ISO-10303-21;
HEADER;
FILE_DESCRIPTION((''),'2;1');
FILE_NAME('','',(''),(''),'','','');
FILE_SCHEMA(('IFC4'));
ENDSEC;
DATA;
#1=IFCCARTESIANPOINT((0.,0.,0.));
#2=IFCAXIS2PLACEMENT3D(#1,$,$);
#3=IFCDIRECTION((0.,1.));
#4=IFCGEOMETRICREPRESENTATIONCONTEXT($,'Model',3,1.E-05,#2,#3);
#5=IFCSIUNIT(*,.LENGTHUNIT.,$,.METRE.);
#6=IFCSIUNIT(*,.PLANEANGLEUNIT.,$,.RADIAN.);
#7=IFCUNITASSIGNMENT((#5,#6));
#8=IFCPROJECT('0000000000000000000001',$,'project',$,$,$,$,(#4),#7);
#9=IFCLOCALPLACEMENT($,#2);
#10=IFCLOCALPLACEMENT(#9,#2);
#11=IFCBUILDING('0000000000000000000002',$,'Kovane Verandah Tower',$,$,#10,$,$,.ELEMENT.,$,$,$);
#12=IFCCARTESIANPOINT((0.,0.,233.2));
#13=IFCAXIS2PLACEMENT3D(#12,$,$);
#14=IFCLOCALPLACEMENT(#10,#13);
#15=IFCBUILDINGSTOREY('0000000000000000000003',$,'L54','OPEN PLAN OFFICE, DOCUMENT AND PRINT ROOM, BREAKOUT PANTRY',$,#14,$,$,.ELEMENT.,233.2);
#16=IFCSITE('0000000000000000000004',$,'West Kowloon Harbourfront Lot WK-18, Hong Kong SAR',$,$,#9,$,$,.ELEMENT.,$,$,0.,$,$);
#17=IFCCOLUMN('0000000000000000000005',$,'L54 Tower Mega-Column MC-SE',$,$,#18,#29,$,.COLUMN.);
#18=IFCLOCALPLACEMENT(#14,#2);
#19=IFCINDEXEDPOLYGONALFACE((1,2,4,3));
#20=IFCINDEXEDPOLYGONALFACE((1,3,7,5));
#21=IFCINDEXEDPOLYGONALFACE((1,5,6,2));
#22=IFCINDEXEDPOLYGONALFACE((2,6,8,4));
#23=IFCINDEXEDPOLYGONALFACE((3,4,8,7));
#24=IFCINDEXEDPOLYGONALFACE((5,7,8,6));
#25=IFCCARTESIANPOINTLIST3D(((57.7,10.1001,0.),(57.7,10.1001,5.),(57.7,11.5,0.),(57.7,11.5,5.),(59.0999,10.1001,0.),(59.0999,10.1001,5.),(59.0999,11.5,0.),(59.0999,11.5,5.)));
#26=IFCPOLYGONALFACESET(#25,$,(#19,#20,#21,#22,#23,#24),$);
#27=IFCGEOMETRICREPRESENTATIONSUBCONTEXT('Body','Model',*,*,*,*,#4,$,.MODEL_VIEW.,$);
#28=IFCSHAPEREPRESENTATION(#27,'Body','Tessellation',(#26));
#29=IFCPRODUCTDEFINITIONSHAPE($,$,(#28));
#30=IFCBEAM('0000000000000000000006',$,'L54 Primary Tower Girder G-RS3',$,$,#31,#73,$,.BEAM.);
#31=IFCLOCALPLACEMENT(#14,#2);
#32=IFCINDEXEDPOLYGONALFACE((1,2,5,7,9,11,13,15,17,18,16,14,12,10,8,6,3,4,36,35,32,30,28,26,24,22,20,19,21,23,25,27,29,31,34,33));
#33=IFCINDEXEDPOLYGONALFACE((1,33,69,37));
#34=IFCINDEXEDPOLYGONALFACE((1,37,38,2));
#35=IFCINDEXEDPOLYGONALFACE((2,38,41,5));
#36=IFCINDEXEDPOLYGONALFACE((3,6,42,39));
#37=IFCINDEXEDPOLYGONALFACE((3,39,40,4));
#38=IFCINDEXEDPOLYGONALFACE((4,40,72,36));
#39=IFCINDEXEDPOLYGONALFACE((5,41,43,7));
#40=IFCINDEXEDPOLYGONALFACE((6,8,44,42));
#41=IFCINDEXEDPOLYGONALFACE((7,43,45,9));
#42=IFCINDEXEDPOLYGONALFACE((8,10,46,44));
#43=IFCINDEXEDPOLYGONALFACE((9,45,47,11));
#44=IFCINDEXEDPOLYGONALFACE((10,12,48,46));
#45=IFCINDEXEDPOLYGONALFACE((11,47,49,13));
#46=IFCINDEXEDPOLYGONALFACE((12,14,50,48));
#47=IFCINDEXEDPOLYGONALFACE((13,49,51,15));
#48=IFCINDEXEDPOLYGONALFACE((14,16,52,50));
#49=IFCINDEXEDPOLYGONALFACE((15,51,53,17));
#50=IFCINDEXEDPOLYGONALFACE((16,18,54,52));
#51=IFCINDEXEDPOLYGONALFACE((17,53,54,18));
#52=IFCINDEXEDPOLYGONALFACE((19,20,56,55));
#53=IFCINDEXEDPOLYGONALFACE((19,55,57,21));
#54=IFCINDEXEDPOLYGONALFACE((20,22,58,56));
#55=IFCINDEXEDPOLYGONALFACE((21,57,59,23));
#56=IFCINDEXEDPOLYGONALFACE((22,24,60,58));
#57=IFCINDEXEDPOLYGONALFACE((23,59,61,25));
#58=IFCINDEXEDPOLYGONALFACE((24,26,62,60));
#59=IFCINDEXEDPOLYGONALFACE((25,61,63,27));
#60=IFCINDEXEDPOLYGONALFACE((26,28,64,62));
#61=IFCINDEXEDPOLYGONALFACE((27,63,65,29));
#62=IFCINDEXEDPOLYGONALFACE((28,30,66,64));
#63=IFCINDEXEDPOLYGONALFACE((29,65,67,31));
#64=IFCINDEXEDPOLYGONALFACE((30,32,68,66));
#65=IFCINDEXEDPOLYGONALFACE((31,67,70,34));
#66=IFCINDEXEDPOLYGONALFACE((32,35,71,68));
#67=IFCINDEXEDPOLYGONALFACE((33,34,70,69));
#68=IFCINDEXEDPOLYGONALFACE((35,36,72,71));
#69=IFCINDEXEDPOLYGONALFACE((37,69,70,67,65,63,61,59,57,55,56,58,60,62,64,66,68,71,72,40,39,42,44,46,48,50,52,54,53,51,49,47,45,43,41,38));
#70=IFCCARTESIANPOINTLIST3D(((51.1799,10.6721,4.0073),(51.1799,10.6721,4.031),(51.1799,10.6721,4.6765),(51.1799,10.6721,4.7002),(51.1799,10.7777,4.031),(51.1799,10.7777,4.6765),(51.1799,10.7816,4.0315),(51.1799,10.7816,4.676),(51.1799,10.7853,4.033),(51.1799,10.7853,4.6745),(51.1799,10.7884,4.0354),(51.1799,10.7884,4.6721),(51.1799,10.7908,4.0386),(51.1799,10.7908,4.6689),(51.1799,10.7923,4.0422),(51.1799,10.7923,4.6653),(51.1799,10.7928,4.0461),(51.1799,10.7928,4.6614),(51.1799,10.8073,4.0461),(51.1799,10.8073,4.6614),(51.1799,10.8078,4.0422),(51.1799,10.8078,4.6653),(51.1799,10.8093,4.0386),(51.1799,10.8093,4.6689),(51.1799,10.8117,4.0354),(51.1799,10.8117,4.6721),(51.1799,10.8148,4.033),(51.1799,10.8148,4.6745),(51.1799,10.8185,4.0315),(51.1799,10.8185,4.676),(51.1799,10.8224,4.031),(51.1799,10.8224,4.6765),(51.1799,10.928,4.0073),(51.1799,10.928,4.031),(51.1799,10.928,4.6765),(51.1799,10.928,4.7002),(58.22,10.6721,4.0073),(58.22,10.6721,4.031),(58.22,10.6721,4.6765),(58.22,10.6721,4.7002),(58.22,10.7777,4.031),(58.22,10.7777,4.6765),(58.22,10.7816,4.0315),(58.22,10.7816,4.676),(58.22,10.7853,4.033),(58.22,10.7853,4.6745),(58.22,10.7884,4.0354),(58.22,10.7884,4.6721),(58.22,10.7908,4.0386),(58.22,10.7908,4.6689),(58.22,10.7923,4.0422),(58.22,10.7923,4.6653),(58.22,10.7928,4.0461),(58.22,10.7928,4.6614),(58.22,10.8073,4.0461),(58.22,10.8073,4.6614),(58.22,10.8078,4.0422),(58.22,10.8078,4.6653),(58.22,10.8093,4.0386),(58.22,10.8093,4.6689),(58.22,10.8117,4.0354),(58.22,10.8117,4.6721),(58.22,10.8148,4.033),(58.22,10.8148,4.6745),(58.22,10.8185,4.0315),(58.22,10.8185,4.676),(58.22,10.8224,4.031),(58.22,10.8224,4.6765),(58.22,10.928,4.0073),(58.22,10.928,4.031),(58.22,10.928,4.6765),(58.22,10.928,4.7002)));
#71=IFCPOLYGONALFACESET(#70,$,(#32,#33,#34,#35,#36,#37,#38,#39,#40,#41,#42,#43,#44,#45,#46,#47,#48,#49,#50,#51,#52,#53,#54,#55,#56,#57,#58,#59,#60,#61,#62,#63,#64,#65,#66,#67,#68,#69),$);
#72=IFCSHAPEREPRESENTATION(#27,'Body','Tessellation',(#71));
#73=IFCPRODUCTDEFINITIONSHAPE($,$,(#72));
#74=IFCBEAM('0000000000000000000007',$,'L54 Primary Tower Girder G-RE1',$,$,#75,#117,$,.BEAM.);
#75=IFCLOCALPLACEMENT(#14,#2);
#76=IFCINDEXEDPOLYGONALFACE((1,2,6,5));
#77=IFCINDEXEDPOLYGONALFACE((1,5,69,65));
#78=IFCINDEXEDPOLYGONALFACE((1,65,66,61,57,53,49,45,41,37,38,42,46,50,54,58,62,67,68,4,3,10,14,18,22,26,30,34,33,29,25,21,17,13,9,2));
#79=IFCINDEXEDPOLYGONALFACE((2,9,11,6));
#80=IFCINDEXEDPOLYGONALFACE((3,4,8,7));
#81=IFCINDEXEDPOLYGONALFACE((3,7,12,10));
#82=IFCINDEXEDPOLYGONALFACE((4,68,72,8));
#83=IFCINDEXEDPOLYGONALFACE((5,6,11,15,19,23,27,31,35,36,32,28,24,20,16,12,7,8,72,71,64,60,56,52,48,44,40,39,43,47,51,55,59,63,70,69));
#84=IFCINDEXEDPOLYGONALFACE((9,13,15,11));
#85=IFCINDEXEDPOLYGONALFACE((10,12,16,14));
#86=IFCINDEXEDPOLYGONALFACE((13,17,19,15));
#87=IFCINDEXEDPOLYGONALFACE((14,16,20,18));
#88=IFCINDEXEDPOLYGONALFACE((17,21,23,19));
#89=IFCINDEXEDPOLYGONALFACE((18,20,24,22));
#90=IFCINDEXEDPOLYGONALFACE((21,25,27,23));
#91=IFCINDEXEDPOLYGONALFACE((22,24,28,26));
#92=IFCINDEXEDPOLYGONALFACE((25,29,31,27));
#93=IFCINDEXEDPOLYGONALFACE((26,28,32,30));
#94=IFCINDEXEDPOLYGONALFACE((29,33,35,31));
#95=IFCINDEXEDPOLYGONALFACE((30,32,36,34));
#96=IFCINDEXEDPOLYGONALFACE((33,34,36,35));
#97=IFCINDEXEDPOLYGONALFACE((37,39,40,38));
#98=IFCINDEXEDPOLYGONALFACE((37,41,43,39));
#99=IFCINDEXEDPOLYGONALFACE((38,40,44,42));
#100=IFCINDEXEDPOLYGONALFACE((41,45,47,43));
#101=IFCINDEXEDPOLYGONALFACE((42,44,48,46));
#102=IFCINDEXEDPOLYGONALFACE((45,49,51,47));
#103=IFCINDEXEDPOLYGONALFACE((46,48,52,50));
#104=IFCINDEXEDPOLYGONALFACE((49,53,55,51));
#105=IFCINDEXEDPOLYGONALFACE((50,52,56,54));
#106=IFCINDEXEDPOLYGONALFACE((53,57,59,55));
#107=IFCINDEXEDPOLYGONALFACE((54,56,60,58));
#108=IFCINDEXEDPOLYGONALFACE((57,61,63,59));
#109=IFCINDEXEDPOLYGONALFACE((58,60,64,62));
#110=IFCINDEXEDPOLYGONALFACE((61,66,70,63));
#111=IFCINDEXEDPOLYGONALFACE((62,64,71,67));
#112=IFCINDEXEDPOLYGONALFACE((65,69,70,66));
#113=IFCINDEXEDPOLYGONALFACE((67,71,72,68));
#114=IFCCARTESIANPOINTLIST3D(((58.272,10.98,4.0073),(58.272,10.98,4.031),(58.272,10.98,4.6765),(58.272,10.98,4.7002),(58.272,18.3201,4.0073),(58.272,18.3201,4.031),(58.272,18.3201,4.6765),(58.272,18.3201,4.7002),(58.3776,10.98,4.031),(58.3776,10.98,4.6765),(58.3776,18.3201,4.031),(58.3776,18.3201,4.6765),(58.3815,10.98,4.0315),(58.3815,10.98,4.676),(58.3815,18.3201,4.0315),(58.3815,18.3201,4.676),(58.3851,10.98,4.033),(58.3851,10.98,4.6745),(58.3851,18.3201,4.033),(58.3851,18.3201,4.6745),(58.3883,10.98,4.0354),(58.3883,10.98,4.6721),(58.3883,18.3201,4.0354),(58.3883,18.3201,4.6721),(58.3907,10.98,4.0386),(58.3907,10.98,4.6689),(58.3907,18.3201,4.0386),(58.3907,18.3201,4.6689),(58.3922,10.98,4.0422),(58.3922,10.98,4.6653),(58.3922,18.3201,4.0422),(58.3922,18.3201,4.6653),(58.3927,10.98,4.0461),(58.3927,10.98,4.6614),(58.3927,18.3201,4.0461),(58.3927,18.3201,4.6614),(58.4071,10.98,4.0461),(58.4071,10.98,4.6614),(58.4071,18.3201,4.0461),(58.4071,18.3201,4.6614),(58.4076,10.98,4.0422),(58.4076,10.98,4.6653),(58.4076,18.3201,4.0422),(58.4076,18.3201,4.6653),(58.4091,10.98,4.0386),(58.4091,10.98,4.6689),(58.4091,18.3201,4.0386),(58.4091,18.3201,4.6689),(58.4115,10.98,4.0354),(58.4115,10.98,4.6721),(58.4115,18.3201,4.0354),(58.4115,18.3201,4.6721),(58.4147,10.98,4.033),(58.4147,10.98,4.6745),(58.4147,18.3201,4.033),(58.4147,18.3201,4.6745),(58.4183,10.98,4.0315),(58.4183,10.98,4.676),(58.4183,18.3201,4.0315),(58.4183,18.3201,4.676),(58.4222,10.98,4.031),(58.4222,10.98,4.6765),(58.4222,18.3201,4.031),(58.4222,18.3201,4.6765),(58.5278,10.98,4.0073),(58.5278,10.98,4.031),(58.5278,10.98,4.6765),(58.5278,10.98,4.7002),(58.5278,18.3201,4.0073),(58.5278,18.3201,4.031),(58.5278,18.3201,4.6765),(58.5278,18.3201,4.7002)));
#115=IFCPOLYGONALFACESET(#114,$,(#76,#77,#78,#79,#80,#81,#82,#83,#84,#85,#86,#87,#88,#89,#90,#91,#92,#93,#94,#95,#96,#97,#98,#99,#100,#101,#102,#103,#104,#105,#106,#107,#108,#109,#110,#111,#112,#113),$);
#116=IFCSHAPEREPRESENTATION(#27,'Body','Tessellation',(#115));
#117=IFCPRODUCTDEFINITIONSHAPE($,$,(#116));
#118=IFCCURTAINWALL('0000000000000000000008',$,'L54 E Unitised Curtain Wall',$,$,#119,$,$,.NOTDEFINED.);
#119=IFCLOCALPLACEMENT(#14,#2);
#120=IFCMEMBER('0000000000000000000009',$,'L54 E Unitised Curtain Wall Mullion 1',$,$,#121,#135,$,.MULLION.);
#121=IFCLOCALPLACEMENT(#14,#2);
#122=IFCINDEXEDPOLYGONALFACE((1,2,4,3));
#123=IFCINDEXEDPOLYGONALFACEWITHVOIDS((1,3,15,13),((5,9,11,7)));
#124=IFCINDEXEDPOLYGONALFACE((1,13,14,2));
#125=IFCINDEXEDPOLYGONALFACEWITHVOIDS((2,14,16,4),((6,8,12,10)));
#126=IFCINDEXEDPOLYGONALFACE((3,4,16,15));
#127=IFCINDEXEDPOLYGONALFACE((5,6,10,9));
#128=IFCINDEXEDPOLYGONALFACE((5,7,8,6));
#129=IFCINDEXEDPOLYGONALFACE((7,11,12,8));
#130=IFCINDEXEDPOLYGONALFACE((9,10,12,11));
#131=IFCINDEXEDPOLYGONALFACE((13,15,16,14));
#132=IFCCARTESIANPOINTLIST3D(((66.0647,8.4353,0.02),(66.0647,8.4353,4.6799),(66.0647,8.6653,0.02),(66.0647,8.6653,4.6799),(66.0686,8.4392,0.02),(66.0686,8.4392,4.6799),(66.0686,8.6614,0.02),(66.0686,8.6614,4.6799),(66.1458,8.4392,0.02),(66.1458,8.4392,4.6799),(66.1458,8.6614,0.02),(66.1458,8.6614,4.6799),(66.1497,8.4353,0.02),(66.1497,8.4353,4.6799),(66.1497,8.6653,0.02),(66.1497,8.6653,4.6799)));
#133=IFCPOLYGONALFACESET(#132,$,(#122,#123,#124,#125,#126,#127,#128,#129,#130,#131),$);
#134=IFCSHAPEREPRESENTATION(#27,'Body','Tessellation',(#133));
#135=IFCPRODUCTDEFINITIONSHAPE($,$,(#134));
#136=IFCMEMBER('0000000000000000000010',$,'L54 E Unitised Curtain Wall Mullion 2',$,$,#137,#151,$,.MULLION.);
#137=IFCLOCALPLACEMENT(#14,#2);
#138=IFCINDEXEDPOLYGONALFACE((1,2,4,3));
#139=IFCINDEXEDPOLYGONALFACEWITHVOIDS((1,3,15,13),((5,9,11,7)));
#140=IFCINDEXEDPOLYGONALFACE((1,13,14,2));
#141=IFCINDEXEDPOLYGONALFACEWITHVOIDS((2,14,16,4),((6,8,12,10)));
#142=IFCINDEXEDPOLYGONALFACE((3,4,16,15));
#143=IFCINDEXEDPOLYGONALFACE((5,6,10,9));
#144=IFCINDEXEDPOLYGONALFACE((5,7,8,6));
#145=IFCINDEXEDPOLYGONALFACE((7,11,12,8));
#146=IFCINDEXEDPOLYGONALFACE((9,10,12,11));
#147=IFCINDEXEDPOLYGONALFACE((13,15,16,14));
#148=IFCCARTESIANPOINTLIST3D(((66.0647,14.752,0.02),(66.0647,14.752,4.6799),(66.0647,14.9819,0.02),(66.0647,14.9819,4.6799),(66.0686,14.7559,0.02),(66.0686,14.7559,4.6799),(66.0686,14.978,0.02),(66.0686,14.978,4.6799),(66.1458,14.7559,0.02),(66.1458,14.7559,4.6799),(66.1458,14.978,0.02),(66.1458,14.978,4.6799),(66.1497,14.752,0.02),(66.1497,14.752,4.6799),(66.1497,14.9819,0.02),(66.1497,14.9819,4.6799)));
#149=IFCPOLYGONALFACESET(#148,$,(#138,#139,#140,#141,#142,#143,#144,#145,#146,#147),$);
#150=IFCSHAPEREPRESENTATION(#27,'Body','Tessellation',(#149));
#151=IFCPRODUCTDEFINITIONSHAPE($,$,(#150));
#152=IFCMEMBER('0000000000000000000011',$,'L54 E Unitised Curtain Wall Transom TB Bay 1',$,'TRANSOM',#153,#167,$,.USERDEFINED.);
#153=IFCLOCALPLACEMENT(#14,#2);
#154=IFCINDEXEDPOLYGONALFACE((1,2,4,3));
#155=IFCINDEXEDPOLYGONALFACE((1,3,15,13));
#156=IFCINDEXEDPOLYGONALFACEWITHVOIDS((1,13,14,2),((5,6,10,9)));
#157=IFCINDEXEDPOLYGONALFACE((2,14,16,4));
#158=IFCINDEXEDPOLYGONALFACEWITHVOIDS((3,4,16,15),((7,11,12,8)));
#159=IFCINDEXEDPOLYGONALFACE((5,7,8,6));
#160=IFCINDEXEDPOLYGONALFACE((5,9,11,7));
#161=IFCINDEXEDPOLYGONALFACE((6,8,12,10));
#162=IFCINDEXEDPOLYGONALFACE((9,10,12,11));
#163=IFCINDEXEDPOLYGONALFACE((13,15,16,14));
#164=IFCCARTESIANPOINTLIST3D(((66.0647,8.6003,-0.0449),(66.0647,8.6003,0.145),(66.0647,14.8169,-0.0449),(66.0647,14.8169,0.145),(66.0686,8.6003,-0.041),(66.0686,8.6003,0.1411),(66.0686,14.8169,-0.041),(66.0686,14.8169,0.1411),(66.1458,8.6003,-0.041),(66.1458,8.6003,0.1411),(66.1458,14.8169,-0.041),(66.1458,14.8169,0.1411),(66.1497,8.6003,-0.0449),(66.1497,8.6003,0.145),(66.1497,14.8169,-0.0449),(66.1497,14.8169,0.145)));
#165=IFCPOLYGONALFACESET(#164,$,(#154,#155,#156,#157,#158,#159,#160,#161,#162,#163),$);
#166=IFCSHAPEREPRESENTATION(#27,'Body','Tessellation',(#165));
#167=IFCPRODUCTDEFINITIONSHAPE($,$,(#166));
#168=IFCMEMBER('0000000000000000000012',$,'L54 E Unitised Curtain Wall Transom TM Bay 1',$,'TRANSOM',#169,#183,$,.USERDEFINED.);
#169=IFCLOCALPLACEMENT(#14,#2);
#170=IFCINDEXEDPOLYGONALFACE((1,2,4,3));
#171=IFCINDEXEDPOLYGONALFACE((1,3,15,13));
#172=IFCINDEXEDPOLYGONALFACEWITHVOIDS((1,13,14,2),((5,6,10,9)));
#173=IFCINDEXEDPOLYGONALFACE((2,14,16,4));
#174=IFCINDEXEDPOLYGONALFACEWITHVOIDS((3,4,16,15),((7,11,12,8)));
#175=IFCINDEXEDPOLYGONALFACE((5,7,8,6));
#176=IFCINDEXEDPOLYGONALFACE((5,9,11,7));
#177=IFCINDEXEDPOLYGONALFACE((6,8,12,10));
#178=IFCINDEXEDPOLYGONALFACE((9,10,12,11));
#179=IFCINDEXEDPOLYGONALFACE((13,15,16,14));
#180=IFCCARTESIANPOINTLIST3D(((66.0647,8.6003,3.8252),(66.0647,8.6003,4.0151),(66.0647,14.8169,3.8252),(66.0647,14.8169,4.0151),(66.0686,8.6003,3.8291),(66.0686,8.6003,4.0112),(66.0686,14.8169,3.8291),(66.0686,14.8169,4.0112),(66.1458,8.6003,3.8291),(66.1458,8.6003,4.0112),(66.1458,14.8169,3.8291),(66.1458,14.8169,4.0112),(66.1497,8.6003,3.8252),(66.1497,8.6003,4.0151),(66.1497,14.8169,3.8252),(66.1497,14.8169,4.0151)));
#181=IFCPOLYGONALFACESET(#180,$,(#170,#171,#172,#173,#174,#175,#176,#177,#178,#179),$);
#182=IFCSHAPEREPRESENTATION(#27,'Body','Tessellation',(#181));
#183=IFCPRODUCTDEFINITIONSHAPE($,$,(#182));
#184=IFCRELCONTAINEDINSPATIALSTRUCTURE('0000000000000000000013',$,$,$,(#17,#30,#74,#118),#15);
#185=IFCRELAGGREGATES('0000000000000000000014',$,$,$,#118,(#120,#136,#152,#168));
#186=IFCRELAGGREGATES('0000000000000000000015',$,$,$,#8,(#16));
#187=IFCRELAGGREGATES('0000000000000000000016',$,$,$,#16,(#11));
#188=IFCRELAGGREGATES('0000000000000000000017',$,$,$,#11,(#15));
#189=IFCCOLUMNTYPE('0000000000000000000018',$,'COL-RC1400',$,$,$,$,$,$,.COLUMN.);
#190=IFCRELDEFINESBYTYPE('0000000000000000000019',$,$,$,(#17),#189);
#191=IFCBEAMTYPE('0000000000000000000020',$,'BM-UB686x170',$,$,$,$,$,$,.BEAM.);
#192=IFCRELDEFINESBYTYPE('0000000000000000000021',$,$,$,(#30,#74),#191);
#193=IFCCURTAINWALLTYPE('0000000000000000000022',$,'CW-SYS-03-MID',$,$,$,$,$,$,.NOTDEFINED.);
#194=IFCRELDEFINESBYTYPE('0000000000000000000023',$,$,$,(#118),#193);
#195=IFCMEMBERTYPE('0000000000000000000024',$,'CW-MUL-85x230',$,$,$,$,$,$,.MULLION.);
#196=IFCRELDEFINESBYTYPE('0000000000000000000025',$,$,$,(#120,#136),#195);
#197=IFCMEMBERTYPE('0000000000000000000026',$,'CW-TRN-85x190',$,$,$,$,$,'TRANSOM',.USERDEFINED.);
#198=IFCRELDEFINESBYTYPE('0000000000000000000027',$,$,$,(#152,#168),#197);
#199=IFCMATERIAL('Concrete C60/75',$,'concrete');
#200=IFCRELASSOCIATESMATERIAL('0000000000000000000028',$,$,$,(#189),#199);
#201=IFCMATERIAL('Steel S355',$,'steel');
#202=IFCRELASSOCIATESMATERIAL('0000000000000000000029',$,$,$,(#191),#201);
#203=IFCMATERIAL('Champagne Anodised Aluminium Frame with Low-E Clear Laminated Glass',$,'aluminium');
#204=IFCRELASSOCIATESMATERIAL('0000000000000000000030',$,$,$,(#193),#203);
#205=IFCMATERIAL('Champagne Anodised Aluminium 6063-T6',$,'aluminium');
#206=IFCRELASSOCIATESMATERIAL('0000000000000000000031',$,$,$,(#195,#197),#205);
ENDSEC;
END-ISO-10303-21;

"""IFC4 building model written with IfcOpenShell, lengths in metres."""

from ifc_helpers import new_model, si_unit, direction, frame, origin, origin_2d, place, context, subcontext, project, spatial, rectangle, hollow_rectangle, i_section, extrude, material, material_profile, profile_set, type_object, element, aggregate, save


model = new_model("IFC4")

# Units and contexts
model_context = context("Model", 3, precision=1e-05, world=origin(), true_north=direction((0.0, 1.0)))
body_context = subcontext(model_context, "Body", "Model", "MODEL_VIEW")
ifc_project = project(units=[si_unit("LENGTHUNIT", "METRE"), si_unit("PLANEANGLEUNIT", "RADIAN")], contexts=[model_context])

# Site, building, storey
site_placement = place(None, origin())
site = spatial("IfcSite", under=ifc_project, at=site_placement, Name="West Kowloon Harbourfront Lot WK-18, Hong Kong SAR", CompositionType="ELEMENT", RefElevation=0.0)
building_placement = place(site_placement, origin())
building = spatial("IfcBuilding", under=site, at=building_placement, Name="Kovane Verandah Tower", CompositionType="ELEMENT")
storey_placement = place(building_placement, frame((0.0, 0.0, 233.2)))
storey = spatial("IfcBuildingStorey", under=building, at=storey_placement, Name="L54", Description="OPEN PLAN OFFICE, DOCUMENT AND PRINT ROOM, BREAKOUT PANTRY", CompositionType="ELEMENT", Elevation=233.2)

# Column
ifc_material_1 = material(Name="Concrete C60/75", Category="concrete")
ifc_material_profile_1 = material_profile(ifc_material_1, rectangle(XDim=1.3999, YDim=1.3999, at=origin_2d()), Name="RC1400x1400")
ifc_profile_set_1 = profile_set([ifc_material_profile_1], Name="Concrete C60/75")
column_type = type_object("IfcColumnType", Name="COL-RC1400", PredefinedType="COLUMN", material=ifc_profile_set_1)
column_placement = place(storey_placement, frame((58.3999, 10.8, 0.0), z_axis=(0.0, 0.0, 1.0), x_axis=(1.0, 0.0, 0.0)))
element("IfcColumn", 1, at=column_placement, inside=storey, type_object=column_type, Name="L54 Tower Mega-Column MC-SE", PredefinedType="COLUMN", context=body_context, shape_type="SweptSolid", body=[
    extrude(rectangle(XDim=1.3999, YDim=1.3999, at=origin_2d()), origin(), (0.0, 0.0, 1.0), 5.0),
])

# Beams
ifc_material_2 = material(Name="Steel S355", Category="steel")
ifc_material_profile_2 = material_profile(ifc_material_2, i_section(OverallWidth=0.2559, OverallDepth=0.6929, WebThickness=0.0144, FlangeThickness=0.0237, FilletRadius=0.0151, at=origin_2d()), Name="UB686x254x170")
ifc_profile_set_2 = profile_set([ifc_material_profile_2], Name="Steel S355")
beam_type_1 = type_object("IfcBeamType", Name="BM-UB686x170", PredefinedType="BEAM", material=ifc_profile_set_2)
beam_1_placement = place(storey_placement, frame((51.1799, 10.8, 4.3538), z_axis=(1.0, 0.0, 0.0), x_axis=(0.0, 1.0, 0.0)))
element("IfcBeam", 2, at=beam_1_placement, inside=storey, type_object=beam_type_1, Name="L54 Primary Tower Girder G-RS3", PredefinedType="BEAM", context=body_context, shape_type="SweptSolid", body=[
    extrude(i_section(OverallWidth=0.2559, OverallDepth=0.6929, WebThickness=0.0144, FlangeThickness=0.0237, FilletRadius=0.0151, at=origin_2d()), origin(), (0.0, 0.0, 1.0), 7.04),
])
beam_2_placement = place(storey_placement, frame((58.3999, 10.98, 4.3538), z_axis=(0.0, 1.0, 0.0), x_axis=(-1.0, 0.0, 0.0)))
element("IfcBeam", 3, at=beam_2_placement, inside=storey, type_object=beam_type_1, Name="L54 Primary Tower Girder G-RE1", PredefinedType="BEAM", context=body_context, shape_type="SweptSolid", body=[
    extrude(i_section(OverallWidth=0.2559, OverallDepth=0.6929, WebThickness=0.0144, FlangeThickness=0.0237, FilletRadius=0.0151, at=origin_2d()), origin(), (0.0, 0.0, 1.0), 7.3401),
])

# Curtain wall, members
ifc_material_3 = material(Name="Champagne Anodised Aluminium Frame with Low-E Clear Laminated Glass", Category="aluminium")
curtain_wall_type = type_object("IfcCurtainWallType", Name="CW-SYS-03-MID", PredefinedType="NOTDEFINED", material=ifc_material_3)
curtain_wall_placement = place(storey_placement, origin())
curtain_wall = element("IfcCurtainWall", 4, at=curtain_wall_placement, inside=storey, type_object=curtain_wall_type, Name="L54 E Unitised Curtain Wall", PredefinedType="NOTDEFINED")
ifc_material_4 = material(Name="Champagne Anodised Aluminium 6063-T6", Category="aluminium")
ifc_material_profile_3 = material_profile(ifc_material_4, hollow_rectangle(XDim=0.085, YDim=0.23, WallThickness=0.0039, at=origin_2d()), Name="AL85x230x4")
ifc_profile_set_3 = profile_set([ifc_material_profile_3], Name="Champagne Anodised Aluminium 6063-T6")
member_type_1 = type_object("IfcMemberType", Name="CW-MUL-85x230", PredefinedType="MULLION", material=ifc_profile_set_3)
member_1_placement = place(storey_placement, frame((66.1072, 8.5503, 0.02), z_axis=(0.0, 0.0, 1.0), x_axis=(1.0, 0.0, 0.0)))
member_1 = element("IfcMember", 5, at=member_1_placement, type_object=member_type_1, Name="L54 E Unitised Curtain Wall Mullion 1", PredefinedType="MULLION", context=body_context, shape_type="SweptSolid", body=[
    extrude(hollow_rectangle(XDim=0.085, YDim=0.23, WallThickness=0.0039, at=origin_2d()), origin(), (0.0, 0.0, 1.0), 4.6599),
])
member_2_placement = place(storey_placement, frame((66.1072, 14.8669, 0.02), z_axis=(0.0, 0.0, 1.0), x_axis=(1.0, 0.0, 0.0)))
member_2 = element("IfcMember", 6, at=member_2_placement, type_object=member_type_1, Name="L54 E Unitised Curtain Wall Mullion 2", PredefinedType="MULLION", context=body_context, shape_type="SweptSolid", body=[
    extrude(hollow_rectangle(XDim=0.085, YDim=0.23, WallThickness=0.0039, at=origin_2d()), origin(), (0.0, 0.0, 1.0), 4.6599),
])
ifc_material_profile_4 = material_profile(ifc_material_4, hollow_rectangle(XDim=0.085, YDim=0.1899, WallThickness=0.0039, at=origin_2d()), Name="AL85x190x4")
ifc_profile_set_4 = profile_set([ifc_material_profile_4], Name="Champagne Anodised Aluminium 6063-T6")
member_type_2 = type_object("IfcMemberType", Name="CW-TRN-85x190", ElementType="TRANSOM", PredefinedType="USERDEFINED", material=ifc_profile_set_4)
member_3_placement = place(storey_placement, frame((66.1072, 8.6003, 0.05), z_axis=(0.0, 1.0, 0.0), x_axis=(-1.0, 0.0, 0.0)))
member_3 = element("IfcMember", 7, at=member_3_placement, type_object=member_type_2, Name="L54 E Unitised Curtain Wall Transom TB Bay 1", ObjectType="TRANSOM", PredefinedType="USERDEFINED", context=body_context, shape_type="SweptSolid", body=[
    extrude(hollow_rectangle(XDim=0.085, YDim=0.1899, WallThickness=0.0039, at=origin_2d()), origin(), (0.0, 0.0, 1.0), 6.2166),
])
member_4_placement = place(storey_placement, frame((66.1072, 8.6003, 3.9202), z_axis=(0.0, 1.0, 0.0), x_axis=(-1.0, 0.0, 0.0)))
member_4 = element("IfcMember", 8, at=member_4_placement, type_object=member_type_2, Name="L54 E Unitised Curtain Wall Transom TM Bay 1", ObjectType="TRANSOM", PredefinedType="USERDEFINED", context=body_context, shape_type="SweptSolid", body=[
    extrude(hollow_rectangle(XDim=0.085, YDim=0.1899, WallThickness=0.0039, at=origin_2d()), origin(), (0.0, 0.0, 1.0), 6.2166),
])

aggregate(curtain_wall, [member_1, member_2, member_3, member_4])

save(model, "model.ifc")
